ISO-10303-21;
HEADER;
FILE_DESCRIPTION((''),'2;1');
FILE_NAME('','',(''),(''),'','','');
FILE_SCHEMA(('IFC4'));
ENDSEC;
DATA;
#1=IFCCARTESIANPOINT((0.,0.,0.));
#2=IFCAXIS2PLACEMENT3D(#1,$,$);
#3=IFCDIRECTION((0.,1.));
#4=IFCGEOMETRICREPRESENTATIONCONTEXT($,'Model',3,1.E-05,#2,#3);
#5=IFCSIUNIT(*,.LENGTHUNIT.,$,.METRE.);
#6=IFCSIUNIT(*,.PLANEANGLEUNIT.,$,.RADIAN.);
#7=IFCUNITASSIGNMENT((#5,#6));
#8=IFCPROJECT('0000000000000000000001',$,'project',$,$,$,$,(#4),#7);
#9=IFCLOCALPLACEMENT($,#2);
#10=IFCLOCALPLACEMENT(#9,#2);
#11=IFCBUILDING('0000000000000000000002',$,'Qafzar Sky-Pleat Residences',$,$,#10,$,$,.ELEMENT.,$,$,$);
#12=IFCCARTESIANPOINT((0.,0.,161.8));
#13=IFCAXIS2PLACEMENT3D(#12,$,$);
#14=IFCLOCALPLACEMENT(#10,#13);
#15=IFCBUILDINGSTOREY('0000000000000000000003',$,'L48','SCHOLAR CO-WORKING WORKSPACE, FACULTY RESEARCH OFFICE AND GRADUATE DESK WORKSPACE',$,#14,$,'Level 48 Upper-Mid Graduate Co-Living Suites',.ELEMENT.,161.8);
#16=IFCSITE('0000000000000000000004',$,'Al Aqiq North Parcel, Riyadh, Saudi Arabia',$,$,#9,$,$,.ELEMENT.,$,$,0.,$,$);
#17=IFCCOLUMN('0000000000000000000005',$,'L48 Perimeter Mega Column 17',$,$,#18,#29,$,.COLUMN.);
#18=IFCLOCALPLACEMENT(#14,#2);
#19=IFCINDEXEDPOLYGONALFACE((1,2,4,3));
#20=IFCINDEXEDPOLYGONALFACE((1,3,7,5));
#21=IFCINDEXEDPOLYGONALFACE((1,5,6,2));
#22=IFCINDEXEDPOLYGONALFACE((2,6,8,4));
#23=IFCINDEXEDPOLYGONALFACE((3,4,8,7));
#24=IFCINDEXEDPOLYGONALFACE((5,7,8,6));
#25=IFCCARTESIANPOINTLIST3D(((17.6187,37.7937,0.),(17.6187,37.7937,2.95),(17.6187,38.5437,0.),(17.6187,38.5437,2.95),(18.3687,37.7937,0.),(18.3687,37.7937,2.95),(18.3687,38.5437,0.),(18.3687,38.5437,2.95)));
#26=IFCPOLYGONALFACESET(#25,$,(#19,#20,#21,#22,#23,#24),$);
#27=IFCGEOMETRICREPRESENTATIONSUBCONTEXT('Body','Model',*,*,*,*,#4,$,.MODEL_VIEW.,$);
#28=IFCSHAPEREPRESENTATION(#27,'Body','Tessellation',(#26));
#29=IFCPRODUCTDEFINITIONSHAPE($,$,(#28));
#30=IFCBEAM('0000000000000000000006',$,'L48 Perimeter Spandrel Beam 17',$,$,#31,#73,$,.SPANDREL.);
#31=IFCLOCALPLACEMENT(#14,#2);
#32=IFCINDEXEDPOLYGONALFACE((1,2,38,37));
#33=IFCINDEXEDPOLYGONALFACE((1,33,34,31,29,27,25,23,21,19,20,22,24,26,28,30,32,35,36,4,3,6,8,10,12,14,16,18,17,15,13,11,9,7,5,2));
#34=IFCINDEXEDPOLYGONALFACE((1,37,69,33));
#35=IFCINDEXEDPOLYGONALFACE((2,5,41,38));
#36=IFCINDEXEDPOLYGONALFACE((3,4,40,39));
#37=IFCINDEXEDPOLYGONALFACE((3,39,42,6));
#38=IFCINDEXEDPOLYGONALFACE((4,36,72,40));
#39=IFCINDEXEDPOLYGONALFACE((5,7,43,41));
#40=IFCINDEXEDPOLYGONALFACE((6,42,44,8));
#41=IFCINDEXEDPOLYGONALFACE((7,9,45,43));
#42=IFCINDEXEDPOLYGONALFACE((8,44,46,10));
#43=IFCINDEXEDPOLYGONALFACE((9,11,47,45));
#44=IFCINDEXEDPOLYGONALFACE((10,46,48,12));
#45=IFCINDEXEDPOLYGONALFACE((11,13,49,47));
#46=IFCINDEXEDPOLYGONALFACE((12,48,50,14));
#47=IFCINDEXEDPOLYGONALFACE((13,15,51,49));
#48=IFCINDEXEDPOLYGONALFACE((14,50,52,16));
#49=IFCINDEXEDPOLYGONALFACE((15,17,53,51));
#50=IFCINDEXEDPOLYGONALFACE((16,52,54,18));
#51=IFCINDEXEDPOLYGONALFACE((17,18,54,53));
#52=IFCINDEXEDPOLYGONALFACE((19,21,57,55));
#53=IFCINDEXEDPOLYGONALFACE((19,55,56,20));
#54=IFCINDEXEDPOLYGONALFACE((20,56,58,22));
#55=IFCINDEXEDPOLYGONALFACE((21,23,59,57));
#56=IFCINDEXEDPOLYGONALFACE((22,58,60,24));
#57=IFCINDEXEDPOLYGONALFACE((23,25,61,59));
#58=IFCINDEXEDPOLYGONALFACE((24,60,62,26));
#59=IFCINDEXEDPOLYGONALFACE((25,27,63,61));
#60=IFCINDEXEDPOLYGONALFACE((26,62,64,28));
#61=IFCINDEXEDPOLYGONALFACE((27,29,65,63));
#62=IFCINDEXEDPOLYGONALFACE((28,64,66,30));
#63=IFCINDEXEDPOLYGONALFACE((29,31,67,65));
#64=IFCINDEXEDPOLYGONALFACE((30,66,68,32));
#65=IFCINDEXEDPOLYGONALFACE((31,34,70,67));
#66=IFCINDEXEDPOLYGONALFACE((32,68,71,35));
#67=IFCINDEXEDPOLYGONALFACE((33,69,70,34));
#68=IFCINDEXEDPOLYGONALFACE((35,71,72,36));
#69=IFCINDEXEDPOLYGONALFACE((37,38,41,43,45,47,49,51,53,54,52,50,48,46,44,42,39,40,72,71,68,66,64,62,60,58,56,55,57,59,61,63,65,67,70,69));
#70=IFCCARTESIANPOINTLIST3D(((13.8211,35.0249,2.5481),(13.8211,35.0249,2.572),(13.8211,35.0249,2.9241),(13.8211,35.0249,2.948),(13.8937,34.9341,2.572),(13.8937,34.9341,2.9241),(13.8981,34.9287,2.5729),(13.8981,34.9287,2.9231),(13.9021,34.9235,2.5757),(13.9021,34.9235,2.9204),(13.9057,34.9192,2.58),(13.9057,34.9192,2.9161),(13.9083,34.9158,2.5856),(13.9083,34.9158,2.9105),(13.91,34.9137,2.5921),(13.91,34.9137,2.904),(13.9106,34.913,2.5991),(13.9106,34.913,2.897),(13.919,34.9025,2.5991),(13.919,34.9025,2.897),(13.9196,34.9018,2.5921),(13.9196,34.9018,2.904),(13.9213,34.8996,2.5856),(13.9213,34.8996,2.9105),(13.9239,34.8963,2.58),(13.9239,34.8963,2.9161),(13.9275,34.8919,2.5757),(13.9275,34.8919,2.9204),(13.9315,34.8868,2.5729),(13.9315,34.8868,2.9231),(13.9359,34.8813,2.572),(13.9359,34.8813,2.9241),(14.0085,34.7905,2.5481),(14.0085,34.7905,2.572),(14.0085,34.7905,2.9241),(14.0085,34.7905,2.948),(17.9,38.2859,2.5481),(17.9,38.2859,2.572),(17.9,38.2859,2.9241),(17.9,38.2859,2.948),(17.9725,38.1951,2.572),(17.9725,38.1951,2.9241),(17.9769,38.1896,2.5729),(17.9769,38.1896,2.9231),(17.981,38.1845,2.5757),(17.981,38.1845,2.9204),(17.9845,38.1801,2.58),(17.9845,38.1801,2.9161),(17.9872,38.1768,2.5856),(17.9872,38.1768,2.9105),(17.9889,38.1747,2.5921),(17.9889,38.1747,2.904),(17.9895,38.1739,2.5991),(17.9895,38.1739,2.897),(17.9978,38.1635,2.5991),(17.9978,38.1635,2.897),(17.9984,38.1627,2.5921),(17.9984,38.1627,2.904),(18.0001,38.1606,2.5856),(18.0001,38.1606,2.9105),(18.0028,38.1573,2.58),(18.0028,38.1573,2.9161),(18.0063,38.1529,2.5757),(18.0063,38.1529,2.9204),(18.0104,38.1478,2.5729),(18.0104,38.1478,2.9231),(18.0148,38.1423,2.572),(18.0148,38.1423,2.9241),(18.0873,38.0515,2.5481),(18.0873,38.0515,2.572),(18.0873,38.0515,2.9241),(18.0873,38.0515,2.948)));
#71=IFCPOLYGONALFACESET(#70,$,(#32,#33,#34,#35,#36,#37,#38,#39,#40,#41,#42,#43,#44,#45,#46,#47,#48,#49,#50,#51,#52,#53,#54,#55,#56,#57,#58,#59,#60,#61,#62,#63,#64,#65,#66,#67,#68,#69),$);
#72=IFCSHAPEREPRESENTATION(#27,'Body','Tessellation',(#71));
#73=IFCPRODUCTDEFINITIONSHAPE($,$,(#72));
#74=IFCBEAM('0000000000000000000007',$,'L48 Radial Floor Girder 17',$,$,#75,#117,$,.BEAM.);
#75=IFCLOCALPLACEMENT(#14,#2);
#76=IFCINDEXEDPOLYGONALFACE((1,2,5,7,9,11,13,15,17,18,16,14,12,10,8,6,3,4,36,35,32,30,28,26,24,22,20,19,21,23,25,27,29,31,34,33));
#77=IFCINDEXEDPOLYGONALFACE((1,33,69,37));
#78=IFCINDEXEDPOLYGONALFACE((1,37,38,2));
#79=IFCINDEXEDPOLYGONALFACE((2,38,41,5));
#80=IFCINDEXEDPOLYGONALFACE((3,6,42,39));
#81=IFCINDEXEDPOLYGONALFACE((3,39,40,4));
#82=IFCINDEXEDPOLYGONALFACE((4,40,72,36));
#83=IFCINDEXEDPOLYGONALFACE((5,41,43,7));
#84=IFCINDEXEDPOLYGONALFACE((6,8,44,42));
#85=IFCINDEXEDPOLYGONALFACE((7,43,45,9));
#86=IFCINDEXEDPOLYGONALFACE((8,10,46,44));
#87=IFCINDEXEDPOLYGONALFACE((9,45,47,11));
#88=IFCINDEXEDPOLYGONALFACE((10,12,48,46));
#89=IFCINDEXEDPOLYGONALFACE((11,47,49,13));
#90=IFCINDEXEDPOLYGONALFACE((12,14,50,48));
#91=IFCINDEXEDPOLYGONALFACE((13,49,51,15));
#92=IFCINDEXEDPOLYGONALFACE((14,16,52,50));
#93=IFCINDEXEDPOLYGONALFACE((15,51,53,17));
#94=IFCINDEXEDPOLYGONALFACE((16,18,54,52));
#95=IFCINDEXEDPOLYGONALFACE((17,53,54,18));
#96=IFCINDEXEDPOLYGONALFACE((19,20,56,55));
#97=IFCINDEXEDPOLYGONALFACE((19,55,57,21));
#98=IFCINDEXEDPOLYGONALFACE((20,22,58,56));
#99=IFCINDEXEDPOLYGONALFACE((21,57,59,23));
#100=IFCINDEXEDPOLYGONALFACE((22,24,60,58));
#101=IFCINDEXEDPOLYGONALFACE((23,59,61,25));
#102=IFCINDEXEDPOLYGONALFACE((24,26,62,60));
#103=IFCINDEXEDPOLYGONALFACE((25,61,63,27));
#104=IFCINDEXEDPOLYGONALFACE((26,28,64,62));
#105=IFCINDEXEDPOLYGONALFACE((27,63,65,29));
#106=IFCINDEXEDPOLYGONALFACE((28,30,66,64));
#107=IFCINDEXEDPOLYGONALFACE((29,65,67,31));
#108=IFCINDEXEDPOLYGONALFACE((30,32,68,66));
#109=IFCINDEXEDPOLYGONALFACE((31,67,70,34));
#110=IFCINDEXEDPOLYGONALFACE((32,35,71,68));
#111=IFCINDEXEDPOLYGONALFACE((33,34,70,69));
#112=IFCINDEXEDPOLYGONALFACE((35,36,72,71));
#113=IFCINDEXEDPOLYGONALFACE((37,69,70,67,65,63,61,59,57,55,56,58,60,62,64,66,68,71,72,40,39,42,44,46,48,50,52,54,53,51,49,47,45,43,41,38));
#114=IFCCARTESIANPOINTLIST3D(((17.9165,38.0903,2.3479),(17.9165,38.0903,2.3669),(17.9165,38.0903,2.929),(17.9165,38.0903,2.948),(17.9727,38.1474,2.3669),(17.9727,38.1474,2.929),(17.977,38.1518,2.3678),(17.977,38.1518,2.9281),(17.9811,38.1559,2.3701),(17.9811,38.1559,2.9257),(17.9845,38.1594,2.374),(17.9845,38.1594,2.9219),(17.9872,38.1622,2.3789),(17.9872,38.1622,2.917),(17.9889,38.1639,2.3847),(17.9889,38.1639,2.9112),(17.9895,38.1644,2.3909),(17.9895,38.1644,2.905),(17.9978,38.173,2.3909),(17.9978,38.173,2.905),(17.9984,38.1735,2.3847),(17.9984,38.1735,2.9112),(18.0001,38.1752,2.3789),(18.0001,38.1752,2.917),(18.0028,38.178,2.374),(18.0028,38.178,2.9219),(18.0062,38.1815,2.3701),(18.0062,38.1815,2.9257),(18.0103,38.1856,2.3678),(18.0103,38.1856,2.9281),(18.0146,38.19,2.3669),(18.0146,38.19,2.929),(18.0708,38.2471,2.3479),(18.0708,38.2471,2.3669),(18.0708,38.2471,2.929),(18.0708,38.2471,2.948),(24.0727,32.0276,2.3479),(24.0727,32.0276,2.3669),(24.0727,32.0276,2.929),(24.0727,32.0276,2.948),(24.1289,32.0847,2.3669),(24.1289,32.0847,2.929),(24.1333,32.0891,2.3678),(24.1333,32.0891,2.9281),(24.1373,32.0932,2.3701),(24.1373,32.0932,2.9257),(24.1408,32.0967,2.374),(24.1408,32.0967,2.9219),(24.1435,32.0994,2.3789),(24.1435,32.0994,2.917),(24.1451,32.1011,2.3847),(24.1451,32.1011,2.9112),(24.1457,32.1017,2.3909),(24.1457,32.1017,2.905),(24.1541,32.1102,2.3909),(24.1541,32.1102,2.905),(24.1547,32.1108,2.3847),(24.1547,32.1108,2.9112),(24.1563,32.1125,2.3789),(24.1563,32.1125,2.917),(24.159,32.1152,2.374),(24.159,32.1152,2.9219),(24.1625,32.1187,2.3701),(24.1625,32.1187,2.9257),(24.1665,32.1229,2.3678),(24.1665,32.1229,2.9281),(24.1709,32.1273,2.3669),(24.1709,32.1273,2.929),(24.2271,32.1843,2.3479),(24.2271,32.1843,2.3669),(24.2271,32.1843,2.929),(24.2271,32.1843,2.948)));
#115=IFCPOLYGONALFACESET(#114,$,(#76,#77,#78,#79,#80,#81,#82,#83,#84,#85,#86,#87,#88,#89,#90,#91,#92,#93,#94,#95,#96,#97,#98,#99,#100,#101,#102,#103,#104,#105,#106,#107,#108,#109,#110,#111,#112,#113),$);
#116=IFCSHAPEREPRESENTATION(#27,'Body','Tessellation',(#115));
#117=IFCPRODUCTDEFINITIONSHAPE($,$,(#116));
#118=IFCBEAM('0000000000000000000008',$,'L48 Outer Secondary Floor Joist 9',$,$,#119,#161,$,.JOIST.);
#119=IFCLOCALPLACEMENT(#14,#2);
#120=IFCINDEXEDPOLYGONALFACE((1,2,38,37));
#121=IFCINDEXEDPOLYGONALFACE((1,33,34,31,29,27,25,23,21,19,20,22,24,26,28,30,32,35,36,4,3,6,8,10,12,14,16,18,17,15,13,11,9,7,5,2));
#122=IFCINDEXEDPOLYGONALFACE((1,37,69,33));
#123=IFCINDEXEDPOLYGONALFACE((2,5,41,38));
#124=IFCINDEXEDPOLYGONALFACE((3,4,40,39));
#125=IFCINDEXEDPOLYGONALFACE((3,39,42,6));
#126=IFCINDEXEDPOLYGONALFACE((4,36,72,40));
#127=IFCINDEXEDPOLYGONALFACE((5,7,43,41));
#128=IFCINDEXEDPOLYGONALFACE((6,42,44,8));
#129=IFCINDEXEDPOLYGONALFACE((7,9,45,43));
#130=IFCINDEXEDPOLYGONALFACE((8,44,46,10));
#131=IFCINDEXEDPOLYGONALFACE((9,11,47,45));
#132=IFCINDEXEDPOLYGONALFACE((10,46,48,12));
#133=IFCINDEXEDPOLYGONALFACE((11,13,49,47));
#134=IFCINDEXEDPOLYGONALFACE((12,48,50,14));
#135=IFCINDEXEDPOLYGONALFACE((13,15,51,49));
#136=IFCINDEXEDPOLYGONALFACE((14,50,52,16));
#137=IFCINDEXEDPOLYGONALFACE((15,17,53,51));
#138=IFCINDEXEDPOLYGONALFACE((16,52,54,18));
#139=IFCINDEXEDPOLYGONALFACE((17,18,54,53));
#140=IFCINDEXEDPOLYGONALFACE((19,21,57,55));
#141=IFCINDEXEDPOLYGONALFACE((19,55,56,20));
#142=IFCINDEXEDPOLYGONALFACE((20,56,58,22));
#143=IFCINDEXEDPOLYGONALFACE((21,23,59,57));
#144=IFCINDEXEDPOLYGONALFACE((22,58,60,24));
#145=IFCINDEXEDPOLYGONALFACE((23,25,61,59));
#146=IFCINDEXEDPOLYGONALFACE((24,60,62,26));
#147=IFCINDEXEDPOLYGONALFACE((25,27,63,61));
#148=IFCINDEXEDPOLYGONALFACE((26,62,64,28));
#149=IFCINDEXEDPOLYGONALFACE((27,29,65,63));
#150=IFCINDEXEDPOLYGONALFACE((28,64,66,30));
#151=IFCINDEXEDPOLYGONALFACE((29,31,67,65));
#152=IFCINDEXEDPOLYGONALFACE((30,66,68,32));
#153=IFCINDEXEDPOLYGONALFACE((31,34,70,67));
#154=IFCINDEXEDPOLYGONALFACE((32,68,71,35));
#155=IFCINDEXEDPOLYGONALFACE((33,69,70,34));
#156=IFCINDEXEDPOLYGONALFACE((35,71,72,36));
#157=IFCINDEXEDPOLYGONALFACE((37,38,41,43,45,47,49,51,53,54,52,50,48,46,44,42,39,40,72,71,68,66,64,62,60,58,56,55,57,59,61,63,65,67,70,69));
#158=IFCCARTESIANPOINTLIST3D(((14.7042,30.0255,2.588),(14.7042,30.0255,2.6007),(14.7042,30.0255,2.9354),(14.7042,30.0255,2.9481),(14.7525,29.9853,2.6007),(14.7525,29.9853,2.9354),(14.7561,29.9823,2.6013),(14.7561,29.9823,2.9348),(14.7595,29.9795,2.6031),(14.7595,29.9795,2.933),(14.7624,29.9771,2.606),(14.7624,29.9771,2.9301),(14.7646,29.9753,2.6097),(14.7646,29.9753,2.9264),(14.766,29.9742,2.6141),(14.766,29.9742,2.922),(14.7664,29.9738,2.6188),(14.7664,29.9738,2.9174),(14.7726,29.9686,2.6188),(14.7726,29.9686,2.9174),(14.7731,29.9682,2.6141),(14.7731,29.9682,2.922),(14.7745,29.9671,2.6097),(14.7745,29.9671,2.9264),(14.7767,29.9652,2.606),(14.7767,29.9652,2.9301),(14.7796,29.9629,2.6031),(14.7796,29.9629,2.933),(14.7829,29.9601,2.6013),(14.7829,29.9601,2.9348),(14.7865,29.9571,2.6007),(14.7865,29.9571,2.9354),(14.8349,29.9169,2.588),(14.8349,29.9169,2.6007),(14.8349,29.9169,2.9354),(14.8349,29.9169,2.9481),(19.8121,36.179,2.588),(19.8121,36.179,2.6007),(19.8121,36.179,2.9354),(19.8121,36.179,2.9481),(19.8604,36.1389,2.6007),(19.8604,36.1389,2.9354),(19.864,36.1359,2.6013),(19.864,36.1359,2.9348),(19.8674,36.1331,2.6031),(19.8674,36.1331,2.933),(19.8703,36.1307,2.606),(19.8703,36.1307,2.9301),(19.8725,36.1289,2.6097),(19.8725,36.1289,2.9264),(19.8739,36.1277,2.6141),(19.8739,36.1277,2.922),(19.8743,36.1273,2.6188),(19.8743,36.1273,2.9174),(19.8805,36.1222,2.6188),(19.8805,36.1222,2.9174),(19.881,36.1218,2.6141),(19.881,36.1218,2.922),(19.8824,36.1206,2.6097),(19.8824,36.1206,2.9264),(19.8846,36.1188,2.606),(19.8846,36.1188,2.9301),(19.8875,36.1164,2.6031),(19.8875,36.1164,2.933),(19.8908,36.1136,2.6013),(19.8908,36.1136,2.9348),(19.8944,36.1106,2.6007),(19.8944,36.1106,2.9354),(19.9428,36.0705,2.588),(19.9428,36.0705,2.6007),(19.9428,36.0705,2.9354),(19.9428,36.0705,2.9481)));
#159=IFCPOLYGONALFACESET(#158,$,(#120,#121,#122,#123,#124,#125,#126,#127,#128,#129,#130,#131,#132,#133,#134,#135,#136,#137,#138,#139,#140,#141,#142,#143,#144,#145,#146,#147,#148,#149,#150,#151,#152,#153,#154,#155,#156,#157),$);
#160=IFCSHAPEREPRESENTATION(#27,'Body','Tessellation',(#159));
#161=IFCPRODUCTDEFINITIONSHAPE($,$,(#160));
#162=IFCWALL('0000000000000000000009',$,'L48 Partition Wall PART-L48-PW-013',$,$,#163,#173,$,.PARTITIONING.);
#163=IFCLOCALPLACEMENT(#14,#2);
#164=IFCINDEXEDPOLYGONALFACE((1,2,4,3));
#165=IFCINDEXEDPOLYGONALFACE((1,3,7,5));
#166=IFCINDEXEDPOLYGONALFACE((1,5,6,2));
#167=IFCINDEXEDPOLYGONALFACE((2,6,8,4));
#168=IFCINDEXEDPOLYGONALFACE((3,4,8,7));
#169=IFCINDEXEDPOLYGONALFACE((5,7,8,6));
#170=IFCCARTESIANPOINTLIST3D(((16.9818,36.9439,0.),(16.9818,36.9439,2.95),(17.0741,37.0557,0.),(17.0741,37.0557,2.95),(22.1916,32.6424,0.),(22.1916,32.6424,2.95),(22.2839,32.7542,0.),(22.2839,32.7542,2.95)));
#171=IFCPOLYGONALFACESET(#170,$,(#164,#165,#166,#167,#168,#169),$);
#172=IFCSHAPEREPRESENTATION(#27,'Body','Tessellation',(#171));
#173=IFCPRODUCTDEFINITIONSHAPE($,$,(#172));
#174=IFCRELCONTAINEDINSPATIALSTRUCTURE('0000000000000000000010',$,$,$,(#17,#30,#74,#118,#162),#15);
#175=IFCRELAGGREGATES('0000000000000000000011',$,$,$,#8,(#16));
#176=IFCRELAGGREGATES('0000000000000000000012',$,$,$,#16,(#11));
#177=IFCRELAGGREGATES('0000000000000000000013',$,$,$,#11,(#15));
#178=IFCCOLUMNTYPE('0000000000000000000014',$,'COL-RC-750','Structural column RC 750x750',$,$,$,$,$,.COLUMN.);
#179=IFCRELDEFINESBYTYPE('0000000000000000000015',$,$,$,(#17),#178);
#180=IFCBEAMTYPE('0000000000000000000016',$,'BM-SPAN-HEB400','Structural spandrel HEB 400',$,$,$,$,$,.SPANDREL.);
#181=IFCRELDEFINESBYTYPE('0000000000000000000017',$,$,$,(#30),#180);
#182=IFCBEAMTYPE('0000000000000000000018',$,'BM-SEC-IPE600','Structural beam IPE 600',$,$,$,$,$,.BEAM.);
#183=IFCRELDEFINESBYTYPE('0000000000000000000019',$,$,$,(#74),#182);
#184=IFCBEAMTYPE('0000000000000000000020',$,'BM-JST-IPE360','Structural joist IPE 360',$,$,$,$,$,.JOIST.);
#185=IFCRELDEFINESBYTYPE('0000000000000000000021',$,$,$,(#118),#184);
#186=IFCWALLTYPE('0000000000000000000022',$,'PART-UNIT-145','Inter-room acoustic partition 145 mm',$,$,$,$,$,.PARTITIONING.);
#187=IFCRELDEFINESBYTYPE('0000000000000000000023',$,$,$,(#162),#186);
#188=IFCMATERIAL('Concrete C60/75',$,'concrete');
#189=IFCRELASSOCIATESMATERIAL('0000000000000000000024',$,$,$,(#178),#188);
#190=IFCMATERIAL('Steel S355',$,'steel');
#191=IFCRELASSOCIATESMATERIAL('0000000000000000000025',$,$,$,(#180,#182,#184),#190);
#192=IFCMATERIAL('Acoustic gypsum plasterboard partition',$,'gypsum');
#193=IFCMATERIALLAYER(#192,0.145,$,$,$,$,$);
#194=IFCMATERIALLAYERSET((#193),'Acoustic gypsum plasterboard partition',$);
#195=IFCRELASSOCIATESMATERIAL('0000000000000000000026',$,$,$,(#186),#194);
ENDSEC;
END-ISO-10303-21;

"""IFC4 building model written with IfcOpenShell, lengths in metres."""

from ifc_helpers import new_model, si_unit, direction, frame, frame_2d, origin, origin_2d, place, context, subcontext, project, spatial, rectangle, i_section, extrude, source, transform, mapped, material, layer, layer_set, material_profile, profile_set, type_object, element, save


model = new_model("IFC4")

# Units and contexts
model_context = context("Model", 3, precision=1e-05, world=origin(), true_north=direction((0.0, 1.0)))
body_context = subcontext(model_context, "Body", "Model", "MODEL_VIEW")
ifc_project = project(units=[si_unit("LENGTHUNIT", "METRE"), si_unit("PLANEANGLEUNIT", "RADIAN")], contexts=[model_context])

# Site, building, storey
site_placement = place(None, origin())
site = spatial("IfcSite", under=ifc_project, at=site_placement, Name="Al Aqiq North Parcel, Riyadh, Saudi Arabia", CompositionType="ELEMENT", RefElevation=0.0)
building_placement = place(site_placement, origin())
building = spatial("IfcBuilding", under=site, at=building_placement, Name="Qafzar Sky-Pleat Residences", CompositionType="ELEMENT")
storey_placement = place(building_placement, frame((0.0, 0.0, 161.8)))
storey = spatial("IfcBuildingStorey", under=building, at=storey_placement, Name="L48", Description="SCHOLAR CO-WORKING WORKSPACE, FACULTY RESEARCH OFFICE AND GRADUATE DESK WORKSPACE", LongName="Level 48 Upper-Mid Graduate Co-Living Suites", CompositionType="ELEMENT", Elevation=161.8)

# Column
ifc_material_1 = material(Name="Concrete C60/75", Category="concrete")
ifc_material_profile_1 = material_profile(ifc_material_1, rectangle(XDim=0.75, YDim=0.75, at=origin_2d()), Name="RC 750x750")
ifc_profile_set_1 = profile_set([ifc_material_profile_1], Name="Concrete C60/75")
column_type = type_object("IfcColumnType", Name="COL-RC-750", Description="Structural column RC 750x750", PredefinedType="COLUMN", material=ifc_profile_set_1)
shared_shape_1 = source(origin(), body_context, "Body", "SweptSolid", [
    extrude(rectangle(XDim=0.75, YDim=0.75, at=origin_2d()), origin(), (0.0, 0.0, 1.0), 2.95),
])
column_placement = place(storey_placement, frame((17.9937, 38.1687, 0.0), z_axis=(0.0, 0.0, 1.0), x_axis=(1.0, 0.0, 0.0)))
element("IfcColumn", 1, at=column_placement, inside=storey, type_object=column_type, Name="L48 Perimeter Mega Column 17", PredefinedType="COLUMN", context=body_context, shape_type="MappedRepresentation", body=[
    mapped(shared_shape_1, transform((0.0, 0.0, 0.0), x_axis=(1.0, 0.0, 0.0), y_axis=(0.0, 1.0, 0.0), z_axis=(0.0, 0.0, 1.0), scale=1.0)),
])

# Beams
ifc_material_2 = material(Name="Steel S355", Category="steel")
ifc_material_profile_2 = material_profile(ifc_material_2, i_section(OverallWidth=0.3, OverallDepth=0.3999, WebThickness=0.0134, FlangeThickness=0.0239, FilletRadius=0.0271, at=origin_2d()), Name="HEB 400")
ifc_profile_set_2 = profile_set([ifc_material_profile_2], Name="Steel S355")
beam_type_1 = type_object("IfcBeamType", Name="BM-SPAN-HEB400", Description="Structural spandrel HEB 400", PredefinedType="SPANDREL", material=ifc_profile_set_2)
shared_shape_2 = source(origin(), body_context, "Body", "SweptSolid", [
    extrude(i_section(OverallWidth=0.3, OverallDepth=0.3999, WebThickness=0.0134, FlangeThickness=0.0239, FilletRadius=0.0271, at=origin_2d()), origin(), (0.0, 0.0, 1.0), 5.2222),
])
beam_1_placement = place(storey_placement, frame((17.9937, 38.1687, 2.748), z_axis=(-0.781065, -0.62445, 0.0), x_axis=(0.62445, -0.781065, 0.0)))
element("IfcBeam", 2, at=beam_1_placement, inside=storey, type_object=beam_type_1, Name="L48 Perimeter Spandrel Beam 17", PredefinedType="SPANDREL", context=body_context, shape_type="MappedRepresentation", body=[
    mapped(shared_shape_2, transform((0.0, 0.0, 0.0), x_axis=(1.0, 0.0, 0.0), y_axis=(0.0, 1.0, 0.0), z_axis=(0.0, 0.0, 1.0), scale=1.0)),
])
ifc_material_profile_3 = material_profile(ifc_material_2, i_section(OverallWidth=0.22, OverallDepth=0.6001, WebThickness=0.012, FlangeThickness=0.019, FilletRadius=0.0239, at=origin_2d()), Name="IPE 600")
ifc_profile_set_3 = profile_set([ifc_material_profile_3], Name="Steel S355")
beam_type_2 = type_object("IfcBeamType", Name="BM-SEC-IPE600", Description="Structural beam IPE 600", PredefinedType="BEAM", material=ifc_profile_set_3)
shared_shape_3 = source(origin(), body_context, "Body", "SweptSolid", [
    extrude(i_section(OverallWidth=0.22, OverallDepth=0.6001, WebThickness=0.012, FlangeThickness=0.019, FilletRadius=0.0239, at=origin_2d()), origin(), (0.0, 0.0, 1.0), 8.6404),
])
beam_2_placement = place(storey_placement, frame((17.9937, 38.1687, 2.6479), z_axis=(0.712497, -0.701675, 0.0), x_axis=(0.701675, 0.712497, 0.0)))
element("IfcBeam", 3, at=beam_2_placement, inside=storey, type_object=beam_type_2, Name="L48 Radial Floor Girder 17", PredefinedType="BEAM", context=body_context, shape_type="MappedRepresentation", body=[
    mapped(shared_shape_3, transform((0.0, 0.0, 0.0), x_axis=(1.0, 0.0, 0.0), y_axis=(0.0, 1.0, 0.0), z_axis=(0.0, 0.0, 1.0), scale=1.0)),
])
ifc_material_profile_4 = material_profile(ifc_material_2, i_section(OverallWidth=0.1699, OverallDepth=0.3601, WebThickness=0.0081, FlangeThickness=0.0127, FilletRadius=0.0181, at=origin_2d()), Name="IPE 360")
ifc_profile_set_4 = profile_set([ifc_material_profile_4], Name="Steel S355")
beam_type_3 = type_object("IfcBeamType", Name="BM-JST-IPE360", Description="Structural joist IPE 360", PredefinedType="JOIST", material=ifc_profile_set_4)
shared_shape_4 = source(origin(), body_context, "Body", "SweptSolid", [
    extrude(i_section(OverallWidth=0.1699, OverallDepth=0.3601, WebThickness=0.0081, FlangeThickness=0.0127, FilletRadius=0.0181, at=origin_2d()), origin(), (0.0, 0.0, 1.0), 7.9973),
])
beam_3_placement = place(storey_placement, frame((19.8774, 36.1248, 2.7681), z_axis=(-0.638703, -0.769453, 0.0), x_axis=(0.769453, -0.638703, 0.0)))
element("IfcBeam", 4, at=beam_3_placement, inside=storey, type_object=beam_type_3, Name="L48 Outer Secondary Floor Joist 9", PredefinedType="JOIST", context=body_context, shape_type="MappedRepresentation", body=[
    mapped(shared_shape_4, transform((0.0, 0.0, 0.0), x_axis=(1.0, 0.0, 0.0), y_axis=(0.0, 1.0, 0.0), z_axis=(0.0, 0.0, 1.0), scale=1.0)),
])

# Wall
ifc_material_3 = material(Name="Acoustic gypsum plasterboard partition", Category="gypsum")
ifc_layer_1 = layer(ifc_material_3, 0.145)
ifc_layer_set_1 = layer_set([ifc_layer_1], Name="Acoustic gypsum plasterboard partition")
wall_type_1 = type_object("IfcWallType", Name="PART-UNIT-145", Description="Inter-room acoustic partition 145 mm", PredefinedType="PARTITIONING", material=ifc_layer_set_1)
wall_1_placement = place(storey_placement, frame((17.0281, 36.9998, 0.0), z_axis=(0.0, 0.0, 1.0), x_axis=(0.771119, -0.636691, 0.0)))
element("IfcWall", 5, at=wall_1_placement, inside=storey, type_object=wall_type_1, Name="L48 Partition Wall PART-L48-PW-013", PredefinedType="PARTITIONING", context=body_context, shape_type="SweptSolid", body=[
    extrude(rectangle(XDim=6.7561, YDim=0.145, at=frame_2d((3.3779, 0.0))), origin(), (0.0, 0.0, 1.0), 2.95),
])

save(model, "model.ifc")
